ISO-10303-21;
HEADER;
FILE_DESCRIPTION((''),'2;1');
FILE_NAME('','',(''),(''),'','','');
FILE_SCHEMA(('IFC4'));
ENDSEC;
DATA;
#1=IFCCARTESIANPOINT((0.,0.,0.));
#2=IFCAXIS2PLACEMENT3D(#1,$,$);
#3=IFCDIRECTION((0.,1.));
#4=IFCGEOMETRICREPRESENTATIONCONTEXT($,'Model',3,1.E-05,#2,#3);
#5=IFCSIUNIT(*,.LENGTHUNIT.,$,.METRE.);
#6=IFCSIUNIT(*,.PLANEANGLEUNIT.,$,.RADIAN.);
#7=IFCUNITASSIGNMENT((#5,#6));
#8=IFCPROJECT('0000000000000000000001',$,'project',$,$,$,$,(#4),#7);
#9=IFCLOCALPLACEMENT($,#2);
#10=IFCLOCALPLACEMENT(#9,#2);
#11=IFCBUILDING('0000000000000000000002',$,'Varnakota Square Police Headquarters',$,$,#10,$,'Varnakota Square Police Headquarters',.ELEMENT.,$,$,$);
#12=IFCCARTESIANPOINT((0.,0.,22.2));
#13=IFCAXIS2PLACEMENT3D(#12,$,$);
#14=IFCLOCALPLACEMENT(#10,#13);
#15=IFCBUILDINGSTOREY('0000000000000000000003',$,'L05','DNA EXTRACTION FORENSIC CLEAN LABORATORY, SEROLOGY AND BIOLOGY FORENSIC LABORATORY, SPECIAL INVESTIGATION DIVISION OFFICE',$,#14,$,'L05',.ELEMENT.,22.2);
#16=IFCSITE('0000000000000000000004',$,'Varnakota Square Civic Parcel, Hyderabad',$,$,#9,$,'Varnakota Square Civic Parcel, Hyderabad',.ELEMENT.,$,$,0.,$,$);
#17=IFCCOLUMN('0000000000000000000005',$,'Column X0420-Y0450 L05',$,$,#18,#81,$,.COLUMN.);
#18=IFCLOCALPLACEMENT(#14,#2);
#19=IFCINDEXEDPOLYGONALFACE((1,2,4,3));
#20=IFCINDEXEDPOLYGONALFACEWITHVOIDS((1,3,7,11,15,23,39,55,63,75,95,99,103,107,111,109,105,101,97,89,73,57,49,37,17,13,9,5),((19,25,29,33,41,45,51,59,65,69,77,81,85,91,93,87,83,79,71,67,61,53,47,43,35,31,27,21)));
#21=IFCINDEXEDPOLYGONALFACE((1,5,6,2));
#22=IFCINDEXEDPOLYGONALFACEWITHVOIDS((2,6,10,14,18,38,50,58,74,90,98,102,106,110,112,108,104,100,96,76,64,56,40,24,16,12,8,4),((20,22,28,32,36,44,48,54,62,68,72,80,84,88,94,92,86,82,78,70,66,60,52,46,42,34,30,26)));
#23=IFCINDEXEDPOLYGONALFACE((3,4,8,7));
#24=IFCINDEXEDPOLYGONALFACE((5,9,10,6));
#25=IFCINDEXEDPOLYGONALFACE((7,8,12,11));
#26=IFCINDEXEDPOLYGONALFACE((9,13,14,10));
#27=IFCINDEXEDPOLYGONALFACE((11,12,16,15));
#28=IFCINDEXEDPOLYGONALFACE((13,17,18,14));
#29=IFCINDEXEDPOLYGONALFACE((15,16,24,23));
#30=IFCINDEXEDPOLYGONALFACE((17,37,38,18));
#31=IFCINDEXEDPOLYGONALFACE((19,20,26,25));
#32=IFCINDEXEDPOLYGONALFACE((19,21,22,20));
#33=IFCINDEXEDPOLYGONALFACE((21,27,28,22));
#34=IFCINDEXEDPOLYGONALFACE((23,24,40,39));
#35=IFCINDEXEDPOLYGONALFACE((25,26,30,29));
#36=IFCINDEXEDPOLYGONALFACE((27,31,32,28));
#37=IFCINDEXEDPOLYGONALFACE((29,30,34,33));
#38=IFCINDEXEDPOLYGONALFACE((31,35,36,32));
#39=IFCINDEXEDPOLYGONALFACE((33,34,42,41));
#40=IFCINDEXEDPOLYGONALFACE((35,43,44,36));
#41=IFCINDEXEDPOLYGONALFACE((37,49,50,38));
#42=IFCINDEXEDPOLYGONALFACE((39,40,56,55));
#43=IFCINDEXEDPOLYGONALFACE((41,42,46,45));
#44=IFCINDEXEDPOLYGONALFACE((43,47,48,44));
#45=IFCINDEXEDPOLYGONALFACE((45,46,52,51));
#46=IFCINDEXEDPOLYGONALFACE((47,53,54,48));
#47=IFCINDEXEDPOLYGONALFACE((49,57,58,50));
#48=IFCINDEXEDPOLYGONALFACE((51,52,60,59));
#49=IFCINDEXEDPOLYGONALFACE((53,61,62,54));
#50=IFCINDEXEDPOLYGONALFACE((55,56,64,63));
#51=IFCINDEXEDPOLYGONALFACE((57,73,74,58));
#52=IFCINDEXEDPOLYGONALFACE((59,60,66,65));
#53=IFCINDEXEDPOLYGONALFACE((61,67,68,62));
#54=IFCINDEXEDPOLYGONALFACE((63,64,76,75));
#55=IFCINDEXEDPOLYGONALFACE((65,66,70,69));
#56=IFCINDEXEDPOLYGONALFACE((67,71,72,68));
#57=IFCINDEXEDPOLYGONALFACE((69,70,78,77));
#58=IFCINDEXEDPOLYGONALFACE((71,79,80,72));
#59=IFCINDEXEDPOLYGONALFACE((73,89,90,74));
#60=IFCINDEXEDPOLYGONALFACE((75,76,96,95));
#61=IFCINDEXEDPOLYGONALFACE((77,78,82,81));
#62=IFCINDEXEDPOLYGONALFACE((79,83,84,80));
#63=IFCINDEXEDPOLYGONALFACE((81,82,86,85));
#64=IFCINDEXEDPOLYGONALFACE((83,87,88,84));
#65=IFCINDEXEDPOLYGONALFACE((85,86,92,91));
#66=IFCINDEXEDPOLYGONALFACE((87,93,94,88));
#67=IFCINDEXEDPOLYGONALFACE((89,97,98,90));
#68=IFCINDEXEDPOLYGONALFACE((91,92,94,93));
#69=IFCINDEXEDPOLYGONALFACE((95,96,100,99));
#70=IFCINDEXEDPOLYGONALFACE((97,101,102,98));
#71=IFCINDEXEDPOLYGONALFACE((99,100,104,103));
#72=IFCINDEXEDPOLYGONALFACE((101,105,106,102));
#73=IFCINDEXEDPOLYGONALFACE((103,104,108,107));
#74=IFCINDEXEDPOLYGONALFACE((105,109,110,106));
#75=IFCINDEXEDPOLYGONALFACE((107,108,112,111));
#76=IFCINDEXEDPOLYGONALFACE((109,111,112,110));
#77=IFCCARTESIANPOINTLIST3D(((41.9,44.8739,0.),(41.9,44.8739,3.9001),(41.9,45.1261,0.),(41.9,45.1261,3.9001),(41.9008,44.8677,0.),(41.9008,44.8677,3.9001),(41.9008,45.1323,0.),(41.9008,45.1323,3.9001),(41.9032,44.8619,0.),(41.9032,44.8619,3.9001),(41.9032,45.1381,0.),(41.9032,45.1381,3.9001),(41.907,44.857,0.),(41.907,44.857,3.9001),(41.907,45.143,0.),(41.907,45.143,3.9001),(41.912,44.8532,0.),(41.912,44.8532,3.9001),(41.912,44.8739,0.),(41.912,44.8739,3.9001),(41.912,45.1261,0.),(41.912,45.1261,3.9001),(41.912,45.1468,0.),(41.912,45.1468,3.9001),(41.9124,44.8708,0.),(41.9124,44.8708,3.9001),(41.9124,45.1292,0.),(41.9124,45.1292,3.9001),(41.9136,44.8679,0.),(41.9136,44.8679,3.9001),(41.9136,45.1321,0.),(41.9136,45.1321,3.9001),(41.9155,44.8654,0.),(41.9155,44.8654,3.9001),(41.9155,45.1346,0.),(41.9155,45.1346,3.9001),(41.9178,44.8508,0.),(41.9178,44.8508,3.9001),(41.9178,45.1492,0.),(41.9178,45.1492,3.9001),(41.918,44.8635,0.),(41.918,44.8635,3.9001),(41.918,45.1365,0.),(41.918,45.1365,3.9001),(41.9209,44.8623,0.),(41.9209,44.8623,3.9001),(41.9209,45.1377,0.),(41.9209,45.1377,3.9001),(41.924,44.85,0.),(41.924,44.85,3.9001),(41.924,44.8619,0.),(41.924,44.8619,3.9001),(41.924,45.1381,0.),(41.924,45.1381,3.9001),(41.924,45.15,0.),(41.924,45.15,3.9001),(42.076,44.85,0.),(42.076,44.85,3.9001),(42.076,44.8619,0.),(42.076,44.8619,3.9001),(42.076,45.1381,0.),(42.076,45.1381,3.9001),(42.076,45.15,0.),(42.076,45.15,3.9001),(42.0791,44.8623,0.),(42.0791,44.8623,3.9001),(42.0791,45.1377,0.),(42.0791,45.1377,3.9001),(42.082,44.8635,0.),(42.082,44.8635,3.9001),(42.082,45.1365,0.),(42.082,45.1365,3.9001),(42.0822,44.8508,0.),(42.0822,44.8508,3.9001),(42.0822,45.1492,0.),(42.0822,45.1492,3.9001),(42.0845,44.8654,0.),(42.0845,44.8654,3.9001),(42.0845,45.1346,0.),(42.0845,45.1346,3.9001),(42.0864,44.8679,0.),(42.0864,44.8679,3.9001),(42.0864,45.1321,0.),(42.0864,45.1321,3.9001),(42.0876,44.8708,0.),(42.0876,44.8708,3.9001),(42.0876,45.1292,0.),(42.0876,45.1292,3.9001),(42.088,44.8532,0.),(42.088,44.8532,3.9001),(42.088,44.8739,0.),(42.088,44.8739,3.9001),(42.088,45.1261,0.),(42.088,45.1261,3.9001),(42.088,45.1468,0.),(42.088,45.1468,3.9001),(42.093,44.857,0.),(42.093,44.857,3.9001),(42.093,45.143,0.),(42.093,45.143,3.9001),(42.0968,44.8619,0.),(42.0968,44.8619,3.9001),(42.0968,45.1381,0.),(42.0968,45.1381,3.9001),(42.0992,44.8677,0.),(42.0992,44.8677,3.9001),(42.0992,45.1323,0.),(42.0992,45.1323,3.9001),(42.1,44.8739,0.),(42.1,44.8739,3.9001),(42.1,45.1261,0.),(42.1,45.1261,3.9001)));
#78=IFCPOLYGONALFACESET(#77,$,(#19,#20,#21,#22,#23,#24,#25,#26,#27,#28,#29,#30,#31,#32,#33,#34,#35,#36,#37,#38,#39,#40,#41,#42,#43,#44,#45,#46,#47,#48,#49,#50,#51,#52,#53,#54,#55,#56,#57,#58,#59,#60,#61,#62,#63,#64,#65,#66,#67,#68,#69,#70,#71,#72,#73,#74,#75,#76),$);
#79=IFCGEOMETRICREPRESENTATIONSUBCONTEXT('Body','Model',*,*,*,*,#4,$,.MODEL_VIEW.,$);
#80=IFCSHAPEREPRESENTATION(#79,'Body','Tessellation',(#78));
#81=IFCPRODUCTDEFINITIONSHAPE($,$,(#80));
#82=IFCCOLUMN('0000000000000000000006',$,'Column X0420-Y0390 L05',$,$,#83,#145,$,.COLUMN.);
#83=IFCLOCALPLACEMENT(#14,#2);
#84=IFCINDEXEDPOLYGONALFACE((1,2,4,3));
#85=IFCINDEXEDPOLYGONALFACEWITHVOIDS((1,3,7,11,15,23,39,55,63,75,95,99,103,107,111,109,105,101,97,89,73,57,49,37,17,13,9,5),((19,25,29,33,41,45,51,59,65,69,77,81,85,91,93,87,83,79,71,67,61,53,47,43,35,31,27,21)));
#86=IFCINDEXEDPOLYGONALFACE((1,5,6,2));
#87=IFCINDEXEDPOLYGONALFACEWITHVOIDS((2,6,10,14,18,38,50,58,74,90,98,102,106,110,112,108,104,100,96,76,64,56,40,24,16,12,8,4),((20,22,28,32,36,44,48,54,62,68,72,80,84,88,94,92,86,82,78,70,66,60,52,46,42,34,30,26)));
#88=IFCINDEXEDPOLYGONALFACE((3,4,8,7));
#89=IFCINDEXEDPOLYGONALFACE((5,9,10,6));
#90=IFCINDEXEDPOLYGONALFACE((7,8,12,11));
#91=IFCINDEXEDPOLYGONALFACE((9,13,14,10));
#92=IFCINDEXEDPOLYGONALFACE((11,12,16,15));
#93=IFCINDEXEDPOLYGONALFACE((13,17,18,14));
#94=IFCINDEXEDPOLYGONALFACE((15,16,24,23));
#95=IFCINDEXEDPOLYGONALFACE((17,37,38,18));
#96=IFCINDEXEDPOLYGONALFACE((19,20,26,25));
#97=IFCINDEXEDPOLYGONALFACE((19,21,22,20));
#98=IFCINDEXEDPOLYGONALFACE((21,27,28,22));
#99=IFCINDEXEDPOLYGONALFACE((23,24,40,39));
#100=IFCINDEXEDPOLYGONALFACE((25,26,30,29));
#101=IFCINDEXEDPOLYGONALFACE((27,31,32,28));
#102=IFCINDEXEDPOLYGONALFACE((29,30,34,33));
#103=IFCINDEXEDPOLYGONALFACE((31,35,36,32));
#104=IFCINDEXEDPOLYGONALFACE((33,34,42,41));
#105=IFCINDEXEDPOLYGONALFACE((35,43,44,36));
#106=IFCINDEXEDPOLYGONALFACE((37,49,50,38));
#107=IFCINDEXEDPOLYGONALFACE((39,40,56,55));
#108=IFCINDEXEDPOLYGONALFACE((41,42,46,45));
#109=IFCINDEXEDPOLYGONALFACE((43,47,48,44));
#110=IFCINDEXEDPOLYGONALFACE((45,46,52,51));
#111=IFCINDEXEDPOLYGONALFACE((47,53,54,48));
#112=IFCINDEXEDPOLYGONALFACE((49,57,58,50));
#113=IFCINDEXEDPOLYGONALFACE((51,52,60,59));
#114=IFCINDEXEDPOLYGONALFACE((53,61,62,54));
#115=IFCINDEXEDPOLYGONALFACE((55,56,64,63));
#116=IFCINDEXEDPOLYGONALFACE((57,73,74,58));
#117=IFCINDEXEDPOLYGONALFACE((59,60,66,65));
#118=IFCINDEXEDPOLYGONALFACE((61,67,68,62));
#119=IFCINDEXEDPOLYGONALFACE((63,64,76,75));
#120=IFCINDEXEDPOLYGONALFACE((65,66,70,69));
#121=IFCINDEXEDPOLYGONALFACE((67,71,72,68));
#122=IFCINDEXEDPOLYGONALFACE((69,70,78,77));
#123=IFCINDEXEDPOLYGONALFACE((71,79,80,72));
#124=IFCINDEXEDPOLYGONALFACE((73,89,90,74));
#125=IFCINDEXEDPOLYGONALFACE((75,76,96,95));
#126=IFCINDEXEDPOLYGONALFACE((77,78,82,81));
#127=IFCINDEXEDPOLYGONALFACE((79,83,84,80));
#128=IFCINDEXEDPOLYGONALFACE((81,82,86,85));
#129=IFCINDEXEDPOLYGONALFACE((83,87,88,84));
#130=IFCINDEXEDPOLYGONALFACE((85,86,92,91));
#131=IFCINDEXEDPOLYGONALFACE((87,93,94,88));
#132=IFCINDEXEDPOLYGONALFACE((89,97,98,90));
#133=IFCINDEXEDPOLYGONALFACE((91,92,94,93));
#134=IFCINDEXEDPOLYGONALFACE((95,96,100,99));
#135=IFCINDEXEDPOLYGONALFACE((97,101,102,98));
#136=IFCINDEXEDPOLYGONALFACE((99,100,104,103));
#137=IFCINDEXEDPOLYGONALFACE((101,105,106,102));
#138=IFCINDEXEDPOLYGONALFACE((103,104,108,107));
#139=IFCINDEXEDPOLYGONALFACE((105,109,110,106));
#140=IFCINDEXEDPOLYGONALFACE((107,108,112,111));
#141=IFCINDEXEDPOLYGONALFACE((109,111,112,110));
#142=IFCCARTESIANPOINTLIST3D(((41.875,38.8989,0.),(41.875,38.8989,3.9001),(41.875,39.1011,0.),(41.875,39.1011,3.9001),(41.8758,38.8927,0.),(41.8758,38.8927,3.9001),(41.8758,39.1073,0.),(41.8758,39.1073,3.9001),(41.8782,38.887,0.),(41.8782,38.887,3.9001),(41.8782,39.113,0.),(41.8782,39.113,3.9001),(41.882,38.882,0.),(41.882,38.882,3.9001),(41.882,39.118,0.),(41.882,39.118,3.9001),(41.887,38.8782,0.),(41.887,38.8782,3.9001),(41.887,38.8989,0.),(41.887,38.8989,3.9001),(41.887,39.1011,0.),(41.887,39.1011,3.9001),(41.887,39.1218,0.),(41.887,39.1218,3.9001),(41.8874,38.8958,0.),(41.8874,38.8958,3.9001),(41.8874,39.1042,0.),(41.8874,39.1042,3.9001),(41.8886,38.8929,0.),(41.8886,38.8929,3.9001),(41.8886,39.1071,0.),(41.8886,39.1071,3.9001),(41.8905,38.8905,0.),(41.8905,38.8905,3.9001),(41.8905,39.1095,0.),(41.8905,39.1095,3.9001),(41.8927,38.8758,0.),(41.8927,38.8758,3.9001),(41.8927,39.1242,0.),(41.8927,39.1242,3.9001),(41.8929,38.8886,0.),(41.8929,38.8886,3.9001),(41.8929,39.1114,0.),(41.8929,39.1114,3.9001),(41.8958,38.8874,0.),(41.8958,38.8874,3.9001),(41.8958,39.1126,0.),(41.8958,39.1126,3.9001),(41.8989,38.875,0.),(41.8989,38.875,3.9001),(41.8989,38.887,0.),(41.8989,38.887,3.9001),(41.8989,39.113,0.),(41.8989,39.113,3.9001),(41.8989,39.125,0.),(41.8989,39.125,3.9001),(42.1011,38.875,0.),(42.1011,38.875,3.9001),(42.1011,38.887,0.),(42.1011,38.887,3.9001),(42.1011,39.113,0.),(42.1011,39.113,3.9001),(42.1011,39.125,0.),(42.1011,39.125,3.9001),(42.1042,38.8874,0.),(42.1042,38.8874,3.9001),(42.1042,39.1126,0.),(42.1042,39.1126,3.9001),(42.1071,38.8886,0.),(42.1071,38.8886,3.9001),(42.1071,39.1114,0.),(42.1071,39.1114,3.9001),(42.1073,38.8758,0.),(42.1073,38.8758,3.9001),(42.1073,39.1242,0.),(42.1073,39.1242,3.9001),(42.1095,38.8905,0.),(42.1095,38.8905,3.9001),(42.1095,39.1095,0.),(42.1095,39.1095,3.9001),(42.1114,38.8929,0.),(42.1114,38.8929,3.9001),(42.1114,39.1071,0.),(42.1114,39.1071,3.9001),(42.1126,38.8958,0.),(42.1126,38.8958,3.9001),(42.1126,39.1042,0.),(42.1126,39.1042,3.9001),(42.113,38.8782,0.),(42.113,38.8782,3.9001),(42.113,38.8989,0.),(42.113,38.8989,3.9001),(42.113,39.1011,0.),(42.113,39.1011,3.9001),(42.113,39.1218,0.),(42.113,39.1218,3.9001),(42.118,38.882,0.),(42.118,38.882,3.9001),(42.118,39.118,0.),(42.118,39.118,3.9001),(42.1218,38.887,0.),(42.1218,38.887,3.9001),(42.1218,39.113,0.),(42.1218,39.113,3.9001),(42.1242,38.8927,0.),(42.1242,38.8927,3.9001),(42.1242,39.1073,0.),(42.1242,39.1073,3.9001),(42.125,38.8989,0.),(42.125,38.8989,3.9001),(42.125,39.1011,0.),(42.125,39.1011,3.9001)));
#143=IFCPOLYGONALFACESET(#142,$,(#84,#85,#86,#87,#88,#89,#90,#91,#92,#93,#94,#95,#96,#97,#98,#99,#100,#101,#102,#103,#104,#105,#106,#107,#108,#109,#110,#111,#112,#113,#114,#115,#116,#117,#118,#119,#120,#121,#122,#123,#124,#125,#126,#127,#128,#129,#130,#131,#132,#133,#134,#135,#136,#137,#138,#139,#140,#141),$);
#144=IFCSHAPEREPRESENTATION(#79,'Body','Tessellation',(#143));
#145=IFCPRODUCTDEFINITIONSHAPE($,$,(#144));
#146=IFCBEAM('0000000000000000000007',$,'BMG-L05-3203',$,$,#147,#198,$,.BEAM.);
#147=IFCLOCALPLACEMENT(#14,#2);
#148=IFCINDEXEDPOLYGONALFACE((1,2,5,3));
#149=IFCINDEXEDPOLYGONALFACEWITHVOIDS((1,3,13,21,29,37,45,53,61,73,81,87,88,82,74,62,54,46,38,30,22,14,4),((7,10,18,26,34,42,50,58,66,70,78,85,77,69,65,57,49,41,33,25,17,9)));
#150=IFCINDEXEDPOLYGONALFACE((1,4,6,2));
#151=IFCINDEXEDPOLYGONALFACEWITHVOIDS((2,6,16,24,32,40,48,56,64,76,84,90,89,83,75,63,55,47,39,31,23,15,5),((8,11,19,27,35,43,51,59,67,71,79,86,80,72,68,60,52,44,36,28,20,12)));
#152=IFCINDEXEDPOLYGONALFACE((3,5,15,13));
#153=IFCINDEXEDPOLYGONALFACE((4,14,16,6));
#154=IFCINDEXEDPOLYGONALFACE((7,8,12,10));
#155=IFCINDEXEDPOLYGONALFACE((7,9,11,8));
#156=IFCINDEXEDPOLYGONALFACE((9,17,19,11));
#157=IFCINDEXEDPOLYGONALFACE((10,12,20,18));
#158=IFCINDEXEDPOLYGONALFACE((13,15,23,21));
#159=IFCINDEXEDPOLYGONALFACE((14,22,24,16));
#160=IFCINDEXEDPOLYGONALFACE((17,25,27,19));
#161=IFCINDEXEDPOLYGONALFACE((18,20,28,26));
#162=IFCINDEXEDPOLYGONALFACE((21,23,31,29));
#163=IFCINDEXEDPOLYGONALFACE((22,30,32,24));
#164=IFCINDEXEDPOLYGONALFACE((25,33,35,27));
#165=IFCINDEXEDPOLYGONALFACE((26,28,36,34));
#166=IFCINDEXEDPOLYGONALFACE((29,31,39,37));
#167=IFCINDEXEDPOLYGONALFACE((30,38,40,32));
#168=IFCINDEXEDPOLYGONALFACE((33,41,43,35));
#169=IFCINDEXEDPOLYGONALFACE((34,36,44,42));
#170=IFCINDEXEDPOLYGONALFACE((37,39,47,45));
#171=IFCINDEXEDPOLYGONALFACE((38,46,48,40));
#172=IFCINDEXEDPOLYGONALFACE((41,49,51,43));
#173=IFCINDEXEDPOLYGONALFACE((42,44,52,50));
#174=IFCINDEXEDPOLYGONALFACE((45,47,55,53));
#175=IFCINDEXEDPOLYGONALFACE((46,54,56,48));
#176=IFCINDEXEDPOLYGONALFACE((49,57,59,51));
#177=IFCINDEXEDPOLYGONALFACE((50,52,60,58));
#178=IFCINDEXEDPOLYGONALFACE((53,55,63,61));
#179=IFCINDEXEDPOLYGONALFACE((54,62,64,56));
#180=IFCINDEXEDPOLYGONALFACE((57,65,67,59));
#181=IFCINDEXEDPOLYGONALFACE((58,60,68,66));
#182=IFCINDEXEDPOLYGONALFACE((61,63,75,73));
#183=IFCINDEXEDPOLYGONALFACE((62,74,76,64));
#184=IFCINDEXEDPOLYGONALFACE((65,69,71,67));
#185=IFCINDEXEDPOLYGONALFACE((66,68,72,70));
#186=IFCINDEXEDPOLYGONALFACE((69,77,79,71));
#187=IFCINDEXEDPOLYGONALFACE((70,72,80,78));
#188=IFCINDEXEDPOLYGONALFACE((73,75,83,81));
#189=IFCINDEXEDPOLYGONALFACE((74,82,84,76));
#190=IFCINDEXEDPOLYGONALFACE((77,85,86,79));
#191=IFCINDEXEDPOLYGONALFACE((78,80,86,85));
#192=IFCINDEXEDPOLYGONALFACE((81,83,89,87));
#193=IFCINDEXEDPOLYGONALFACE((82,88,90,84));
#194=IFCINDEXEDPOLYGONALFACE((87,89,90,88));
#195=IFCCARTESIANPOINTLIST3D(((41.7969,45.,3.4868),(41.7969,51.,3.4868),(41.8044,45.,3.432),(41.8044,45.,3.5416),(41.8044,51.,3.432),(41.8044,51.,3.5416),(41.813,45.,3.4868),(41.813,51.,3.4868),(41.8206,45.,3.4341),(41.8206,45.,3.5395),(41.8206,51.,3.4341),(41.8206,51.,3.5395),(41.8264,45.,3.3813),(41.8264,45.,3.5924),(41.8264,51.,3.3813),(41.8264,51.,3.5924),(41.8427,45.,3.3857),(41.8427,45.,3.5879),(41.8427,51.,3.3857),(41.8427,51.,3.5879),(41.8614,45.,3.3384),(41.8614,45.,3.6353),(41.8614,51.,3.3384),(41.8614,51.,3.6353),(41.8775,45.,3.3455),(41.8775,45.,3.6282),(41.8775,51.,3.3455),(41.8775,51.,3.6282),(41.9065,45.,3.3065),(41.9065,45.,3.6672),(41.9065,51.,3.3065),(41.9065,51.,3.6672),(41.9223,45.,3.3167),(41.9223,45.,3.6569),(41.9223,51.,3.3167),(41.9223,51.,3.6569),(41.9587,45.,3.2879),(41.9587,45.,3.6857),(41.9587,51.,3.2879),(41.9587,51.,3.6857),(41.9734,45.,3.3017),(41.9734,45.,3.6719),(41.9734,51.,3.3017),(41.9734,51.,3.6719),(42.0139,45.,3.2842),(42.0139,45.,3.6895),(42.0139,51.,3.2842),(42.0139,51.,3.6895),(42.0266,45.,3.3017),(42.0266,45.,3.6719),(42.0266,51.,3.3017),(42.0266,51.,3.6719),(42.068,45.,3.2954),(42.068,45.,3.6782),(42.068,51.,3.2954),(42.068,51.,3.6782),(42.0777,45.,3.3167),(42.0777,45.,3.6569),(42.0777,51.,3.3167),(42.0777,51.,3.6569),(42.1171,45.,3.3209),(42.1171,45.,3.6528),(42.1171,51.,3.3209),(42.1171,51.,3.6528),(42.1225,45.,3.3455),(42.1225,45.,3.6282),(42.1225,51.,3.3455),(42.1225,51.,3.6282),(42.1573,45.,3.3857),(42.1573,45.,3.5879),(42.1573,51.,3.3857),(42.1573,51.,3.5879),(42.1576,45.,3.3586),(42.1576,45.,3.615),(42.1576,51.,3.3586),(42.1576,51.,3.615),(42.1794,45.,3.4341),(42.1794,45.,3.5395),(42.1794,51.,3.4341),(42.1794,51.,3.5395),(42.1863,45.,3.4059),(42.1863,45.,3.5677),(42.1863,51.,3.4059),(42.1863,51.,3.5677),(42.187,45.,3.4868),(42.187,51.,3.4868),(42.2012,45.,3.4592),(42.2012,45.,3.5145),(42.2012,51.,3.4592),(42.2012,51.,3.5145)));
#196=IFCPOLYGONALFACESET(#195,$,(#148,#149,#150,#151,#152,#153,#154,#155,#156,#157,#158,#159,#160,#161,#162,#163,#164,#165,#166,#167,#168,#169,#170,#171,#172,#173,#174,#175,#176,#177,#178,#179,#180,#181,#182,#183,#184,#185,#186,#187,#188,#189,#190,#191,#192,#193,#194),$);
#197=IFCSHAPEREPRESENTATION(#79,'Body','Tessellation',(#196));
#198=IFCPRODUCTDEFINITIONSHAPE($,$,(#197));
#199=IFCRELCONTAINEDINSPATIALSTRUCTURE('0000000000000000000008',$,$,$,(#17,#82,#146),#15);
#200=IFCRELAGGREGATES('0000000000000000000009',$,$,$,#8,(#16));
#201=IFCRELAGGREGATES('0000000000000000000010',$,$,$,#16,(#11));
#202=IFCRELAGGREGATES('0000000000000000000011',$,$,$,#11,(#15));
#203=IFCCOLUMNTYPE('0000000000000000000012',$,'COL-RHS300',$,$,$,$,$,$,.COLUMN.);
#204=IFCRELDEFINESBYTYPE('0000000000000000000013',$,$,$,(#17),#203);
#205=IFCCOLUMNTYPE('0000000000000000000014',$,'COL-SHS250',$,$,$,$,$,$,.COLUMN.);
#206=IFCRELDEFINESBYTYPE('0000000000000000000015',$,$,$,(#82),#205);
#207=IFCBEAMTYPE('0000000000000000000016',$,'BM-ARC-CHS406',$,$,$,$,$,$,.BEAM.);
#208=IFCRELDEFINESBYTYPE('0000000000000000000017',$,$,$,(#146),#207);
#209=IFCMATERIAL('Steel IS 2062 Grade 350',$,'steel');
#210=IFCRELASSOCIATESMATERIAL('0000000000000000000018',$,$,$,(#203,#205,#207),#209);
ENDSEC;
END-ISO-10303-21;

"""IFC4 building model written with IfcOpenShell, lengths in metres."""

from ifc_helpers import new_model, si_unit, direction, frame, origin, origin_2d, place, context, subcontext, project, spatial, hollow_rectangle, hollow_circle, extrude, material, material_profile, profile_set, type_object, element, save


model = new_model("IFC4")

# Units and contexts
model_context = context("Model", 3, precision=1e-05, world=origin(), true_north=direction((0.0, 1.0)))
body_context = subcontext(model_context, "Body", "Model", "MODEL_VIEW")
ifc_project = project(units=[si_unit("LENGTHUNIT", "METRE"), si_unit("PLANEANGLEUNIT", "RADIAN")], contexts=[model_context])

# Site, building, storey
site_placement = place(None, origin())
site = spatial("IfcSite", under=ifc_project, at=site_placement, Name="Varnakota Square Civic Parcel, Hyderabad", LongName="Varnakota Square Civic Parcel, Hyderabad", CompositionType="ELEMENT", RefElevation=0.0)
building_placement = place(site_placement, origin())
building = spatial("IfcBuilding", under=site, at=building_placement, Name="Varnakota Square Police Headquarters", LongName="Varnakota Square Police Headquarters", CompositionType="ELEMENT")
storey_placement = place(building_placement, frame((0.0, 0.0, 22.2)))
storey = spatial("IfcBuildingStorey", under=building, at=storey_placement, Name="L05", Description="DNA EXTRACTION FORENSIC CLEAN LABORATORY, SEROLOGY AND BIOLOGY FORENSIC LABORATORY, SPECIAL INVESTIGATION DIVISION OFFICE", LongName="L05", CompositionType="ELEMENT", Elevation=22.2)

# Columns
ifc_material_1 = material(Name="Steel IS 2062 Grade 350", Category="steel")
ifc_material_profile_1 = material_profile(ifc_material_1, hollow_rectangle(XDim=0.2, YDim=0.3, WallThickness=0.012, InnerFilletRadius=0.012, OuterFilletRadius=0.0239, at=origin_2d()), Name="RHS 300x200x12")
ifc_profile_set_1 = profile_set([ifc_material_profile_1], Name="Steel IS 2062 Grade 350")
column_type_1 = type_object("IfcColumnType", Name="COL-RHS300", PredefinedType="COLUMN", material=ifc_profile_set_1)
column_1_placement = place(storey_placement, frame((42.0, 45.0, 0.0), z_axis=(0.0, 0.0, 1.0), x_axis=(1.0, 0.0, 0.0)))
element("IfcColumn", 1, at=column_1_placement, inside=storey, type_object=column_type_1, Name="Column X0420-Y0450 L05", PredefinedType="COLUMN", context=body_context, shape_type="SweptSolid", body=[
    extrude(hollow_rectangle(XDim=0.2, YDim=0.3, WallThickness=0.012, InnerFilletRadius=0.012, OuterFilletRadius=0.0239, at=origin_2d()), origin(), (0.0, 0.0, 1.0), 3.9001),
])
ifc_material_profile_2 = material_profile(ifc_material_1, hollow_rectangle(XDim=0.25, YDim=0.25, WallThickness=0.012, InnerFilletRadius=0.012, OuterFilletRadius=0.0239, at=origin_2d()), Name="SHS 250x250x12")
ifc_profile_set_2 = profile_set([ifc_material_profile_2], Name="Steel IS 2062 Grade 350")
column_type_2 = type_object("IfcColumnType", Name="COL-SHS250", PredefinedType="COLUMN", material=ifc_profile_set_2)
column_2_placement = place(storey_placement, frame((42.0, 39.0, 0.0), z_axis=(0.0, 0.0, 1.0), x_axis=(1.0, 0.0, 0.0)))
element("IfcColumn", 2, at=column_2_placement, inside=storey, type_object=column_type_2, Name="Column X0420-Y0390 L05", PredefinedType="COLUMN", context=body_context, shape_type="SweptSolid", body=[
    extrude(hollow_rectangle(XDim=0.25, YDim=0.25, WallThickness=0.012, InnerFilletRadius=0.012, OuterFilletRadius=0.0239, at=origin_2d()), origin(), (0.0, 0.0, 1.0), 3.9001),
])

# Beam
ifc_material_profile_3 = material_profile(ifc_material_1, hollow_circle(Radius=0.2031, WallThickness=0.0161, at=origin_2d()), Name="CHS 406.4x16.0")
ifc_profile_set_3 = profile_set([ifc_material_profile_3], Name="Steel IS 2062 Grade 350")
beam_type_1 = type_object("IfcBeamType", Name="BM-ARC-CHS406", PredefinedType="BEAM", material=ifc_profile_set_3)
beam_1_placement = place(storey_placement, frame((42.0, 45.0, 3.4868), z_axis=(0.0, 1.0, 0.0), x_axis=(-1.0, 0.0, 0.0)))
element("IfcBeam", 3, at=beam_1_placement, inside=storey, type_object=beam_type_1, Name="BMG-L05-3203", PredefinedType="BEAM", context=body_context, shape_type="SweptSolid", body=[
    extrude(hollow_circle(Radius=0.2031, WallThickness=0.0161, at=origin_2d()), origin(), (0.0, 0.0, 1.0), 6.0),
])

save(model, "model.ifc")
